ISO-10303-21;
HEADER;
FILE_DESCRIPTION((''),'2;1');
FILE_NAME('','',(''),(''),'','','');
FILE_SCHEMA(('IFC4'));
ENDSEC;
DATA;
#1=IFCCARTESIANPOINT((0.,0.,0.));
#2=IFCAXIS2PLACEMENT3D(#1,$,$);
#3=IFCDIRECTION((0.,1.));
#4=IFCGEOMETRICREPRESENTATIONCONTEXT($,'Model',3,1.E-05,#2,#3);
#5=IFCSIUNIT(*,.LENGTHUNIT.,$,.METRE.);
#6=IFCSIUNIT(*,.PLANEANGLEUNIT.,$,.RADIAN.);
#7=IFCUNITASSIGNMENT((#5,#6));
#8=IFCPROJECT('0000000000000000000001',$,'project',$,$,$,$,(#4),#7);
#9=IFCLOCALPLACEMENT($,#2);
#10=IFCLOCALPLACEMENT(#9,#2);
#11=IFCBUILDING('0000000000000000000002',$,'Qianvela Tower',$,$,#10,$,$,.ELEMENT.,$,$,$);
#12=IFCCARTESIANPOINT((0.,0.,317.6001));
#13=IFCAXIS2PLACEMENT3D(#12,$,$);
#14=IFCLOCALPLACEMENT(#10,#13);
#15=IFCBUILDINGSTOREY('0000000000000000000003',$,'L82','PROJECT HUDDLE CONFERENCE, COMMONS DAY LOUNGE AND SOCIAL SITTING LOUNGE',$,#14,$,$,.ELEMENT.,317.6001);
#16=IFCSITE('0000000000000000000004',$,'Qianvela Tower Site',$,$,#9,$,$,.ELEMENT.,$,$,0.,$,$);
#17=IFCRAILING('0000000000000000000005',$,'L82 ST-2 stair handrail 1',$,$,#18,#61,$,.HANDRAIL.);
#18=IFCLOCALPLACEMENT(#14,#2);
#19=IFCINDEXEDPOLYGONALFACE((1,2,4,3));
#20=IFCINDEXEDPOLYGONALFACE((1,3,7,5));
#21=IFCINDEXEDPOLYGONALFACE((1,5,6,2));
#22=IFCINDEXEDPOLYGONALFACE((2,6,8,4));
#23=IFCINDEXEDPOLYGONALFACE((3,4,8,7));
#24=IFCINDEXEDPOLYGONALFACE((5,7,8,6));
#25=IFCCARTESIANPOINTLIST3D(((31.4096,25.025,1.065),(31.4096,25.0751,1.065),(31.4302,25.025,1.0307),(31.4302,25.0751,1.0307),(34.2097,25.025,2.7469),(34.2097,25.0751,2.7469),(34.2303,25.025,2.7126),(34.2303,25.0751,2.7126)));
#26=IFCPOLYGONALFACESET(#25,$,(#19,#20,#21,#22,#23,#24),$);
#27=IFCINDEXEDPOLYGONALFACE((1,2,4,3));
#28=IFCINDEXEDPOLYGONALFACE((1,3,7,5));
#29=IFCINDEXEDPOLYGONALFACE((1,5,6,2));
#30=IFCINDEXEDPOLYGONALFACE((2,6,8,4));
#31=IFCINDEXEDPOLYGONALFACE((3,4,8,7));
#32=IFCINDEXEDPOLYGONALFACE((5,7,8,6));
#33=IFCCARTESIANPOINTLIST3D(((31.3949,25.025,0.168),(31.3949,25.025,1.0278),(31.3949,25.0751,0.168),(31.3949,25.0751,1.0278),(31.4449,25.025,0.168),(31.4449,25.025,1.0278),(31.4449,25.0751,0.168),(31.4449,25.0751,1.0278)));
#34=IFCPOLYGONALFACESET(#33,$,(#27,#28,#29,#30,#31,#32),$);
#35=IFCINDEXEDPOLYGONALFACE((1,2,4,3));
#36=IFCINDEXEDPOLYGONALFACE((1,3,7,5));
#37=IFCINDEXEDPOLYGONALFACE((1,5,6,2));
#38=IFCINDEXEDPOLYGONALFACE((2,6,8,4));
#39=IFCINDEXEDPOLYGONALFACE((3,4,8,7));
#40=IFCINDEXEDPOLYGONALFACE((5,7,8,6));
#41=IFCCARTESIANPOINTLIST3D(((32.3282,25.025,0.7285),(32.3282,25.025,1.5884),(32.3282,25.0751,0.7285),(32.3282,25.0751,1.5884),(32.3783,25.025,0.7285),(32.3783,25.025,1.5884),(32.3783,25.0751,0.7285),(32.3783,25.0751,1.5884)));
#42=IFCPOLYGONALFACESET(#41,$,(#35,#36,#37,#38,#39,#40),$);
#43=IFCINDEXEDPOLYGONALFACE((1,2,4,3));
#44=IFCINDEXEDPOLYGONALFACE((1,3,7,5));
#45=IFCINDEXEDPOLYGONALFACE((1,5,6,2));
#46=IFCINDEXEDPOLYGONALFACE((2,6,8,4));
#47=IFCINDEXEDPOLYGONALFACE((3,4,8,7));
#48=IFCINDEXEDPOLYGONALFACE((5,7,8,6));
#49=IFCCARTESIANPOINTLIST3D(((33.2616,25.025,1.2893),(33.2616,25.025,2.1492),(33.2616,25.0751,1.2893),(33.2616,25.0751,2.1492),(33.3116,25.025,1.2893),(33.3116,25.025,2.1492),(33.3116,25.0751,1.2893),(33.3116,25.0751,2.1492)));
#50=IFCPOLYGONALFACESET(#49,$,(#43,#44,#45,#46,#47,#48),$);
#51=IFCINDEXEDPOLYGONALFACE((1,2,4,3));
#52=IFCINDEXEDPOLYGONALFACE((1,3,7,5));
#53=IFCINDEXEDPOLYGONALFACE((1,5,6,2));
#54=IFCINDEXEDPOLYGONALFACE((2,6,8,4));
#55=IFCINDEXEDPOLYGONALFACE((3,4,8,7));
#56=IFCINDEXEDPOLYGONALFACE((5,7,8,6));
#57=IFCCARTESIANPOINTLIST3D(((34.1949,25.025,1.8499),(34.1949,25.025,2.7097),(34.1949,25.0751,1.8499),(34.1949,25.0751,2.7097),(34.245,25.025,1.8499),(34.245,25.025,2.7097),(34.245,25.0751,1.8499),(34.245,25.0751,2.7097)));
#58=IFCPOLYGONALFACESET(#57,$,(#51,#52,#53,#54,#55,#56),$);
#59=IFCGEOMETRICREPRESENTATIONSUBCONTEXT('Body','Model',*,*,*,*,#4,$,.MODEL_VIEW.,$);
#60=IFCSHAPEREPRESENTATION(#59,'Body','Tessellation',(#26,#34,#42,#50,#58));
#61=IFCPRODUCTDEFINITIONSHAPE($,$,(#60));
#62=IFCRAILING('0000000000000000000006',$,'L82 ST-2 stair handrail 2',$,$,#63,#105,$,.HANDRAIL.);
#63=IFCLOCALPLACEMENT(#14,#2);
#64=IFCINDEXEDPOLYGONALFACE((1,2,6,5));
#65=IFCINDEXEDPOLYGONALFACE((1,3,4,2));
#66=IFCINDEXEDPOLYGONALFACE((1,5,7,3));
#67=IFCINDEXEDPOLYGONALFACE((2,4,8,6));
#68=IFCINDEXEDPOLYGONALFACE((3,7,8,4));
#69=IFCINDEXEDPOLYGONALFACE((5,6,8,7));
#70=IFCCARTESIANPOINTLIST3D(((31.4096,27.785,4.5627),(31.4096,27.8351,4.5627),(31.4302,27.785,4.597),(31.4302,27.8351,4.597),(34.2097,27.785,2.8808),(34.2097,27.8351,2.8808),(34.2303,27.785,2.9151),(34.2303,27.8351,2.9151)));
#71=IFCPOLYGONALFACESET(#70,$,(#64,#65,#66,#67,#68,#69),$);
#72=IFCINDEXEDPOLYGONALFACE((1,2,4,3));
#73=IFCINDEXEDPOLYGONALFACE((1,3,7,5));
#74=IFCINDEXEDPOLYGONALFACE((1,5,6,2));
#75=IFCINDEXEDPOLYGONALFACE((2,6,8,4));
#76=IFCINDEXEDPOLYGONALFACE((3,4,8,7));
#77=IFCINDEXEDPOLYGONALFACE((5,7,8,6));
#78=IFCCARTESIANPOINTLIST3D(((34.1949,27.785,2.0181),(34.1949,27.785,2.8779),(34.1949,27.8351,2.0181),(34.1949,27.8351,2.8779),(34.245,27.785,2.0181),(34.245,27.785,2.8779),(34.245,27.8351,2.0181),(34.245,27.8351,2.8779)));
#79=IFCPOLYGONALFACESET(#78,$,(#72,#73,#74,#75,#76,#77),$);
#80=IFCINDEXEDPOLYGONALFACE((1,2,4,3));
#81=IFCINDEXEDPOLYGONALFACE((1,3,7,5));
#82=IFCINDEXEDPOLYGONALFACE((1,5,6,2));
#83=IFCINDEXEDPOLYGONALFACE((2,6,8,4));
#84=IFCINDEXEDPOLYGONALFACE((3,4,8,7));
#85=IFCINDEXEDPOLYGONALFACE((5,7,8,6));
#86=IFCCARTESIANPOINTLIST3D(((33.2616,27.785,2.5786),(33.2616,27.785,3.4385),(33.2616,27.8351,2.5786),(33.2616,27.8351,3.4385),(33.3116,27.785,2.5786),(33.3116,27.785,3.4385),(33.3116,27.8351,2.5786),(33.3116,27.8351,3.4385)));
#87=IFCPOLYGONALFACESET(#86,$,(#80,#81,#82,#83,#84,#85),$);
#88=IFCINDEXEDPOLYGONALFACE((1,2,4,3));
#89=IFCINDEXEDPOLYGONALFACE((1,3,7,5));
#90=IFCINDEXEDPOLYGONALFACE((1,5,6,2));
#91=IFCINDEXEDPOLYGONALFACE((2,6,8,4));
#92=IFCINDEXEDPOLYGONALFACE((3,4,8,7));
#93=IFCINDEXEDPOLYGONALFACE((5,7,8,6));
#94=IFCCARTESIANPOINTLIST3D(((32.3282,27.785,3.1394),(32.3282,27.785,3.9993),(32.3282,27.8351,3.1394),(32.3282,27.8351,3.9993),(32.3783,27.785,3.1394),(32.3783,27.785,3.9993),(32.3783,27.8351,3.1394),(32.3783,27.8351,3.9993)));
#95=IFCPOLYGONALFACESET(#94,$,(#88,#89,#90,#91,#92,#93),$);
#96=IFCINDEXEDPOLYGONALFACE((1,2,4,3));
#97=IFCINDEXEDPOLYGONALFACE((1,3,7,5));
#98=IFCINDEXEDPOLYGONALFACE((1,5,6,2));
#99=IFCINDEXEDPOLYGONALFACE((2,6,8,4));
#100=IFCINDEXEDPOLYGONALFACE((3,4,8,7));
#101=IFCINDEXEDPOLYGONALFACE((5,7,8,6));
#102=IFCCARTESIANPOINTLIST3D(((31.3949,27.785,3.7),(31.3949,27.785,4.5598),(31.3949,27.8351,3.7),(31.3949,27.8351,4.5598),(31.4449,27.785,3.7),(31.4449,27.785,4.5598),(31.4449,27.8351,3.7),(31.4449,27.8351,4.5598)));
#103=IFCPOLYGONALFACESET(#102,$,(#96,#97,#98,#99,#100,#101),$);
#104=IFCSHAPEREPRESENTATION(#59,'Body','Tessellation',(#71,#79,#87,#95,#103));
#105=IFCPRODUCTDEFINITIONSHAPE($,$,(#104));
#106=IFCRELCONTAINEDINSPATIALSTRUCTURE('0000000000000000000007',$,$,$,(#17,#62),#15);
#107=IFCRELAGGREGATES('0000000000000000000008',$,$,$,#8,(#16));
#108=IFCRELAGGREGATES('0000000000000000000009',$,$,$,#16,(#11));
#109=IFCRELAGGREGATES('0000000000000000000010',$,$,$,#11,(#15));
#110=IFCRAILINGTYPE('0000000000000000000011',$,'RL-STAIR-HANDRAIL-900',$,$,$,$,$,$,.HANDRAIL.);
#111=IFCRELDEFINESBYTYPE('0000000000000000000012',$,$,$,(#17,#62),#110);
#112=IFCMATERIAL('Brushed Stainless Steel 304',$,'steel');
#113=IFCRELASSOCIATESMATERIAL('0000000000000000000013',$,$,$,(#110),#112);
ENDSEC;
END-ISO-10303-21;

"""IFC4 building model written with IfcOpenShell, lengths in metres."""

from ifc_helpers import new_model, si_unit, direction, frame, origin, origin_2d, place, context, subcontext, project, spatial, rectangle, extrude, material, type_object, element, save


model = new_model("IFC4")

# Units and contexts
model_context = context("Model", 3, precision=1e-05, world=origin(), true_north=direction((0.0, 1.0)))
body_context = subcontext(model_context, "Body", "Model", "MODEL_VIEW")
ifc_project = project(units=[si_unit("LENGTHUNIT", "METRE"), si_unit("PLANEANGLEUNIT", "RADIAN")], contexts=[model_context])

# Site, building, storey
site_placement = place(None, origin())
site = spatial("IfcSite", under=ifc_project, at=site_placement, Name="Qianvela Tower Site", CompositionType="ELEMENT", RefElevation=0.0)
building_placement = place(site_placement, origin())
building = spatial("IfcBuilding", under=site, at=building_placement, Name="Qianvela Tower", CompositionType="ELEMENT")
storey_placement = place(building_placement, frame((0.0, 0.0, 317.6001)))
storey = spatial("IfcBuildingStorey", under=building, at=storey_placement, Name="L82", Description="PROJECT HUDDLE CONFERENCE, COMMONS DAY LOUNGE AND SOCIAL SITTING LOUNGE", CompositionType="ELEMENT", Elevation=317.6001)

# Railings
ifc_material_1 = material(Name="Brushed Stainless Steel 304", Category="steel")
railing_type_1 = type_object("IfcRailingType", Name="RL-STAIR-HANDRAIL-900", PredefinedType="HANDRAIL", material=ifc_material_1)
railing_1_placement = place(storey_placement, frame((31.4199, 25.05, 0.168)))
element("IfcRailing", 1, at=railing_1_placement, inside=storey, type_object=railing_type_1, Name="L82 ST-2 stair handrail 1", PredefinedType="HANDRAIL", context=body_context, shape_type="SweptSolid", body=[
    extrude(rectangle(XDim=0.05, YDim=0.04, at=origin_2d()), frame((0.0, 0.0, 0.8799), z_axis=(0.857242, 0.0, 0.514913), x_axis=(0.0, 1.0, 0.0)), (0.0, 0.0, 1.0), 3.2664),
    extrude(rectangle(XDim=0.05, YDim=0.05, at=origin_2d()), origin(), (0.0, 0.0, 1.0), 0.8599),
    extrude(rectangle(XDim=0.05, YDim=0.05, at=origin_2d()), frame((0.9333, 0.0, 0.5605)), (0.0, 0.0, 1.0), 0.8599),
    extrude(rectangle(XDim=0.05, YDim=0.05, at=origin_2d()), frame((1.8667, 0.0, 1.1213)), (0.0, 0.0, 1.0), 0.8599),
    extrude(rectangle(XDim=0.05, YDim=0.05, at=origin_2d()), frame((2.8, 0.0, 1.6819)), (0.0, 0.0, 1.0), 0.8599),
])
railing_2_placement = place(storey_placement, frame((34.22, 27.8101, 2.0181)))
element("IfcRailing", 2, at=railing_2_placement, inside=storey, type_object=railing_type_1, Name="L82 ST-2 stair handrail 2", PredefinedType="HANDRAIL", context=body_context, shape_type="SweptSolid", body=[
    extrude(rectangle(XDim=0.05, YDim=0.04, at=origin_2d()), frame((0.0, 0.0, 0.8799), z_axis=(-0.857242, 0.0, 0.514913), x_axis=(0.0, -1.0, 0.0)), (0.0, 0.0, 1.0), 3.2664),
    extrude(rectangle(XDim=0.05, YDim=0.05, at=origin_2d()), origin(), (0.0, 0.0, 1.0), 0.8599),
    extrude(rectangle(XDim=0.05, YDim=0.05, at=origin_2d()), frame((-0.9333, 0.0, 0.5605)), (0.0, 0.0, 1.0), 0.8599),
    extrude(rectangle(XDim=0.05, YDim=0.05, at=origin_2d()), frame((-1.8667, 0.0, 1.1213)), (0.0, 0.0, 1.0), 0.8599),
    extrude(rectangle(XDim=0.05, YDim=0.05, at=origin_2d()), frame((-2.8, 0.0, 1.6819)), (0.0, 0.0, 1.0), 0.8599),
])

save(model, "model.ifc")
